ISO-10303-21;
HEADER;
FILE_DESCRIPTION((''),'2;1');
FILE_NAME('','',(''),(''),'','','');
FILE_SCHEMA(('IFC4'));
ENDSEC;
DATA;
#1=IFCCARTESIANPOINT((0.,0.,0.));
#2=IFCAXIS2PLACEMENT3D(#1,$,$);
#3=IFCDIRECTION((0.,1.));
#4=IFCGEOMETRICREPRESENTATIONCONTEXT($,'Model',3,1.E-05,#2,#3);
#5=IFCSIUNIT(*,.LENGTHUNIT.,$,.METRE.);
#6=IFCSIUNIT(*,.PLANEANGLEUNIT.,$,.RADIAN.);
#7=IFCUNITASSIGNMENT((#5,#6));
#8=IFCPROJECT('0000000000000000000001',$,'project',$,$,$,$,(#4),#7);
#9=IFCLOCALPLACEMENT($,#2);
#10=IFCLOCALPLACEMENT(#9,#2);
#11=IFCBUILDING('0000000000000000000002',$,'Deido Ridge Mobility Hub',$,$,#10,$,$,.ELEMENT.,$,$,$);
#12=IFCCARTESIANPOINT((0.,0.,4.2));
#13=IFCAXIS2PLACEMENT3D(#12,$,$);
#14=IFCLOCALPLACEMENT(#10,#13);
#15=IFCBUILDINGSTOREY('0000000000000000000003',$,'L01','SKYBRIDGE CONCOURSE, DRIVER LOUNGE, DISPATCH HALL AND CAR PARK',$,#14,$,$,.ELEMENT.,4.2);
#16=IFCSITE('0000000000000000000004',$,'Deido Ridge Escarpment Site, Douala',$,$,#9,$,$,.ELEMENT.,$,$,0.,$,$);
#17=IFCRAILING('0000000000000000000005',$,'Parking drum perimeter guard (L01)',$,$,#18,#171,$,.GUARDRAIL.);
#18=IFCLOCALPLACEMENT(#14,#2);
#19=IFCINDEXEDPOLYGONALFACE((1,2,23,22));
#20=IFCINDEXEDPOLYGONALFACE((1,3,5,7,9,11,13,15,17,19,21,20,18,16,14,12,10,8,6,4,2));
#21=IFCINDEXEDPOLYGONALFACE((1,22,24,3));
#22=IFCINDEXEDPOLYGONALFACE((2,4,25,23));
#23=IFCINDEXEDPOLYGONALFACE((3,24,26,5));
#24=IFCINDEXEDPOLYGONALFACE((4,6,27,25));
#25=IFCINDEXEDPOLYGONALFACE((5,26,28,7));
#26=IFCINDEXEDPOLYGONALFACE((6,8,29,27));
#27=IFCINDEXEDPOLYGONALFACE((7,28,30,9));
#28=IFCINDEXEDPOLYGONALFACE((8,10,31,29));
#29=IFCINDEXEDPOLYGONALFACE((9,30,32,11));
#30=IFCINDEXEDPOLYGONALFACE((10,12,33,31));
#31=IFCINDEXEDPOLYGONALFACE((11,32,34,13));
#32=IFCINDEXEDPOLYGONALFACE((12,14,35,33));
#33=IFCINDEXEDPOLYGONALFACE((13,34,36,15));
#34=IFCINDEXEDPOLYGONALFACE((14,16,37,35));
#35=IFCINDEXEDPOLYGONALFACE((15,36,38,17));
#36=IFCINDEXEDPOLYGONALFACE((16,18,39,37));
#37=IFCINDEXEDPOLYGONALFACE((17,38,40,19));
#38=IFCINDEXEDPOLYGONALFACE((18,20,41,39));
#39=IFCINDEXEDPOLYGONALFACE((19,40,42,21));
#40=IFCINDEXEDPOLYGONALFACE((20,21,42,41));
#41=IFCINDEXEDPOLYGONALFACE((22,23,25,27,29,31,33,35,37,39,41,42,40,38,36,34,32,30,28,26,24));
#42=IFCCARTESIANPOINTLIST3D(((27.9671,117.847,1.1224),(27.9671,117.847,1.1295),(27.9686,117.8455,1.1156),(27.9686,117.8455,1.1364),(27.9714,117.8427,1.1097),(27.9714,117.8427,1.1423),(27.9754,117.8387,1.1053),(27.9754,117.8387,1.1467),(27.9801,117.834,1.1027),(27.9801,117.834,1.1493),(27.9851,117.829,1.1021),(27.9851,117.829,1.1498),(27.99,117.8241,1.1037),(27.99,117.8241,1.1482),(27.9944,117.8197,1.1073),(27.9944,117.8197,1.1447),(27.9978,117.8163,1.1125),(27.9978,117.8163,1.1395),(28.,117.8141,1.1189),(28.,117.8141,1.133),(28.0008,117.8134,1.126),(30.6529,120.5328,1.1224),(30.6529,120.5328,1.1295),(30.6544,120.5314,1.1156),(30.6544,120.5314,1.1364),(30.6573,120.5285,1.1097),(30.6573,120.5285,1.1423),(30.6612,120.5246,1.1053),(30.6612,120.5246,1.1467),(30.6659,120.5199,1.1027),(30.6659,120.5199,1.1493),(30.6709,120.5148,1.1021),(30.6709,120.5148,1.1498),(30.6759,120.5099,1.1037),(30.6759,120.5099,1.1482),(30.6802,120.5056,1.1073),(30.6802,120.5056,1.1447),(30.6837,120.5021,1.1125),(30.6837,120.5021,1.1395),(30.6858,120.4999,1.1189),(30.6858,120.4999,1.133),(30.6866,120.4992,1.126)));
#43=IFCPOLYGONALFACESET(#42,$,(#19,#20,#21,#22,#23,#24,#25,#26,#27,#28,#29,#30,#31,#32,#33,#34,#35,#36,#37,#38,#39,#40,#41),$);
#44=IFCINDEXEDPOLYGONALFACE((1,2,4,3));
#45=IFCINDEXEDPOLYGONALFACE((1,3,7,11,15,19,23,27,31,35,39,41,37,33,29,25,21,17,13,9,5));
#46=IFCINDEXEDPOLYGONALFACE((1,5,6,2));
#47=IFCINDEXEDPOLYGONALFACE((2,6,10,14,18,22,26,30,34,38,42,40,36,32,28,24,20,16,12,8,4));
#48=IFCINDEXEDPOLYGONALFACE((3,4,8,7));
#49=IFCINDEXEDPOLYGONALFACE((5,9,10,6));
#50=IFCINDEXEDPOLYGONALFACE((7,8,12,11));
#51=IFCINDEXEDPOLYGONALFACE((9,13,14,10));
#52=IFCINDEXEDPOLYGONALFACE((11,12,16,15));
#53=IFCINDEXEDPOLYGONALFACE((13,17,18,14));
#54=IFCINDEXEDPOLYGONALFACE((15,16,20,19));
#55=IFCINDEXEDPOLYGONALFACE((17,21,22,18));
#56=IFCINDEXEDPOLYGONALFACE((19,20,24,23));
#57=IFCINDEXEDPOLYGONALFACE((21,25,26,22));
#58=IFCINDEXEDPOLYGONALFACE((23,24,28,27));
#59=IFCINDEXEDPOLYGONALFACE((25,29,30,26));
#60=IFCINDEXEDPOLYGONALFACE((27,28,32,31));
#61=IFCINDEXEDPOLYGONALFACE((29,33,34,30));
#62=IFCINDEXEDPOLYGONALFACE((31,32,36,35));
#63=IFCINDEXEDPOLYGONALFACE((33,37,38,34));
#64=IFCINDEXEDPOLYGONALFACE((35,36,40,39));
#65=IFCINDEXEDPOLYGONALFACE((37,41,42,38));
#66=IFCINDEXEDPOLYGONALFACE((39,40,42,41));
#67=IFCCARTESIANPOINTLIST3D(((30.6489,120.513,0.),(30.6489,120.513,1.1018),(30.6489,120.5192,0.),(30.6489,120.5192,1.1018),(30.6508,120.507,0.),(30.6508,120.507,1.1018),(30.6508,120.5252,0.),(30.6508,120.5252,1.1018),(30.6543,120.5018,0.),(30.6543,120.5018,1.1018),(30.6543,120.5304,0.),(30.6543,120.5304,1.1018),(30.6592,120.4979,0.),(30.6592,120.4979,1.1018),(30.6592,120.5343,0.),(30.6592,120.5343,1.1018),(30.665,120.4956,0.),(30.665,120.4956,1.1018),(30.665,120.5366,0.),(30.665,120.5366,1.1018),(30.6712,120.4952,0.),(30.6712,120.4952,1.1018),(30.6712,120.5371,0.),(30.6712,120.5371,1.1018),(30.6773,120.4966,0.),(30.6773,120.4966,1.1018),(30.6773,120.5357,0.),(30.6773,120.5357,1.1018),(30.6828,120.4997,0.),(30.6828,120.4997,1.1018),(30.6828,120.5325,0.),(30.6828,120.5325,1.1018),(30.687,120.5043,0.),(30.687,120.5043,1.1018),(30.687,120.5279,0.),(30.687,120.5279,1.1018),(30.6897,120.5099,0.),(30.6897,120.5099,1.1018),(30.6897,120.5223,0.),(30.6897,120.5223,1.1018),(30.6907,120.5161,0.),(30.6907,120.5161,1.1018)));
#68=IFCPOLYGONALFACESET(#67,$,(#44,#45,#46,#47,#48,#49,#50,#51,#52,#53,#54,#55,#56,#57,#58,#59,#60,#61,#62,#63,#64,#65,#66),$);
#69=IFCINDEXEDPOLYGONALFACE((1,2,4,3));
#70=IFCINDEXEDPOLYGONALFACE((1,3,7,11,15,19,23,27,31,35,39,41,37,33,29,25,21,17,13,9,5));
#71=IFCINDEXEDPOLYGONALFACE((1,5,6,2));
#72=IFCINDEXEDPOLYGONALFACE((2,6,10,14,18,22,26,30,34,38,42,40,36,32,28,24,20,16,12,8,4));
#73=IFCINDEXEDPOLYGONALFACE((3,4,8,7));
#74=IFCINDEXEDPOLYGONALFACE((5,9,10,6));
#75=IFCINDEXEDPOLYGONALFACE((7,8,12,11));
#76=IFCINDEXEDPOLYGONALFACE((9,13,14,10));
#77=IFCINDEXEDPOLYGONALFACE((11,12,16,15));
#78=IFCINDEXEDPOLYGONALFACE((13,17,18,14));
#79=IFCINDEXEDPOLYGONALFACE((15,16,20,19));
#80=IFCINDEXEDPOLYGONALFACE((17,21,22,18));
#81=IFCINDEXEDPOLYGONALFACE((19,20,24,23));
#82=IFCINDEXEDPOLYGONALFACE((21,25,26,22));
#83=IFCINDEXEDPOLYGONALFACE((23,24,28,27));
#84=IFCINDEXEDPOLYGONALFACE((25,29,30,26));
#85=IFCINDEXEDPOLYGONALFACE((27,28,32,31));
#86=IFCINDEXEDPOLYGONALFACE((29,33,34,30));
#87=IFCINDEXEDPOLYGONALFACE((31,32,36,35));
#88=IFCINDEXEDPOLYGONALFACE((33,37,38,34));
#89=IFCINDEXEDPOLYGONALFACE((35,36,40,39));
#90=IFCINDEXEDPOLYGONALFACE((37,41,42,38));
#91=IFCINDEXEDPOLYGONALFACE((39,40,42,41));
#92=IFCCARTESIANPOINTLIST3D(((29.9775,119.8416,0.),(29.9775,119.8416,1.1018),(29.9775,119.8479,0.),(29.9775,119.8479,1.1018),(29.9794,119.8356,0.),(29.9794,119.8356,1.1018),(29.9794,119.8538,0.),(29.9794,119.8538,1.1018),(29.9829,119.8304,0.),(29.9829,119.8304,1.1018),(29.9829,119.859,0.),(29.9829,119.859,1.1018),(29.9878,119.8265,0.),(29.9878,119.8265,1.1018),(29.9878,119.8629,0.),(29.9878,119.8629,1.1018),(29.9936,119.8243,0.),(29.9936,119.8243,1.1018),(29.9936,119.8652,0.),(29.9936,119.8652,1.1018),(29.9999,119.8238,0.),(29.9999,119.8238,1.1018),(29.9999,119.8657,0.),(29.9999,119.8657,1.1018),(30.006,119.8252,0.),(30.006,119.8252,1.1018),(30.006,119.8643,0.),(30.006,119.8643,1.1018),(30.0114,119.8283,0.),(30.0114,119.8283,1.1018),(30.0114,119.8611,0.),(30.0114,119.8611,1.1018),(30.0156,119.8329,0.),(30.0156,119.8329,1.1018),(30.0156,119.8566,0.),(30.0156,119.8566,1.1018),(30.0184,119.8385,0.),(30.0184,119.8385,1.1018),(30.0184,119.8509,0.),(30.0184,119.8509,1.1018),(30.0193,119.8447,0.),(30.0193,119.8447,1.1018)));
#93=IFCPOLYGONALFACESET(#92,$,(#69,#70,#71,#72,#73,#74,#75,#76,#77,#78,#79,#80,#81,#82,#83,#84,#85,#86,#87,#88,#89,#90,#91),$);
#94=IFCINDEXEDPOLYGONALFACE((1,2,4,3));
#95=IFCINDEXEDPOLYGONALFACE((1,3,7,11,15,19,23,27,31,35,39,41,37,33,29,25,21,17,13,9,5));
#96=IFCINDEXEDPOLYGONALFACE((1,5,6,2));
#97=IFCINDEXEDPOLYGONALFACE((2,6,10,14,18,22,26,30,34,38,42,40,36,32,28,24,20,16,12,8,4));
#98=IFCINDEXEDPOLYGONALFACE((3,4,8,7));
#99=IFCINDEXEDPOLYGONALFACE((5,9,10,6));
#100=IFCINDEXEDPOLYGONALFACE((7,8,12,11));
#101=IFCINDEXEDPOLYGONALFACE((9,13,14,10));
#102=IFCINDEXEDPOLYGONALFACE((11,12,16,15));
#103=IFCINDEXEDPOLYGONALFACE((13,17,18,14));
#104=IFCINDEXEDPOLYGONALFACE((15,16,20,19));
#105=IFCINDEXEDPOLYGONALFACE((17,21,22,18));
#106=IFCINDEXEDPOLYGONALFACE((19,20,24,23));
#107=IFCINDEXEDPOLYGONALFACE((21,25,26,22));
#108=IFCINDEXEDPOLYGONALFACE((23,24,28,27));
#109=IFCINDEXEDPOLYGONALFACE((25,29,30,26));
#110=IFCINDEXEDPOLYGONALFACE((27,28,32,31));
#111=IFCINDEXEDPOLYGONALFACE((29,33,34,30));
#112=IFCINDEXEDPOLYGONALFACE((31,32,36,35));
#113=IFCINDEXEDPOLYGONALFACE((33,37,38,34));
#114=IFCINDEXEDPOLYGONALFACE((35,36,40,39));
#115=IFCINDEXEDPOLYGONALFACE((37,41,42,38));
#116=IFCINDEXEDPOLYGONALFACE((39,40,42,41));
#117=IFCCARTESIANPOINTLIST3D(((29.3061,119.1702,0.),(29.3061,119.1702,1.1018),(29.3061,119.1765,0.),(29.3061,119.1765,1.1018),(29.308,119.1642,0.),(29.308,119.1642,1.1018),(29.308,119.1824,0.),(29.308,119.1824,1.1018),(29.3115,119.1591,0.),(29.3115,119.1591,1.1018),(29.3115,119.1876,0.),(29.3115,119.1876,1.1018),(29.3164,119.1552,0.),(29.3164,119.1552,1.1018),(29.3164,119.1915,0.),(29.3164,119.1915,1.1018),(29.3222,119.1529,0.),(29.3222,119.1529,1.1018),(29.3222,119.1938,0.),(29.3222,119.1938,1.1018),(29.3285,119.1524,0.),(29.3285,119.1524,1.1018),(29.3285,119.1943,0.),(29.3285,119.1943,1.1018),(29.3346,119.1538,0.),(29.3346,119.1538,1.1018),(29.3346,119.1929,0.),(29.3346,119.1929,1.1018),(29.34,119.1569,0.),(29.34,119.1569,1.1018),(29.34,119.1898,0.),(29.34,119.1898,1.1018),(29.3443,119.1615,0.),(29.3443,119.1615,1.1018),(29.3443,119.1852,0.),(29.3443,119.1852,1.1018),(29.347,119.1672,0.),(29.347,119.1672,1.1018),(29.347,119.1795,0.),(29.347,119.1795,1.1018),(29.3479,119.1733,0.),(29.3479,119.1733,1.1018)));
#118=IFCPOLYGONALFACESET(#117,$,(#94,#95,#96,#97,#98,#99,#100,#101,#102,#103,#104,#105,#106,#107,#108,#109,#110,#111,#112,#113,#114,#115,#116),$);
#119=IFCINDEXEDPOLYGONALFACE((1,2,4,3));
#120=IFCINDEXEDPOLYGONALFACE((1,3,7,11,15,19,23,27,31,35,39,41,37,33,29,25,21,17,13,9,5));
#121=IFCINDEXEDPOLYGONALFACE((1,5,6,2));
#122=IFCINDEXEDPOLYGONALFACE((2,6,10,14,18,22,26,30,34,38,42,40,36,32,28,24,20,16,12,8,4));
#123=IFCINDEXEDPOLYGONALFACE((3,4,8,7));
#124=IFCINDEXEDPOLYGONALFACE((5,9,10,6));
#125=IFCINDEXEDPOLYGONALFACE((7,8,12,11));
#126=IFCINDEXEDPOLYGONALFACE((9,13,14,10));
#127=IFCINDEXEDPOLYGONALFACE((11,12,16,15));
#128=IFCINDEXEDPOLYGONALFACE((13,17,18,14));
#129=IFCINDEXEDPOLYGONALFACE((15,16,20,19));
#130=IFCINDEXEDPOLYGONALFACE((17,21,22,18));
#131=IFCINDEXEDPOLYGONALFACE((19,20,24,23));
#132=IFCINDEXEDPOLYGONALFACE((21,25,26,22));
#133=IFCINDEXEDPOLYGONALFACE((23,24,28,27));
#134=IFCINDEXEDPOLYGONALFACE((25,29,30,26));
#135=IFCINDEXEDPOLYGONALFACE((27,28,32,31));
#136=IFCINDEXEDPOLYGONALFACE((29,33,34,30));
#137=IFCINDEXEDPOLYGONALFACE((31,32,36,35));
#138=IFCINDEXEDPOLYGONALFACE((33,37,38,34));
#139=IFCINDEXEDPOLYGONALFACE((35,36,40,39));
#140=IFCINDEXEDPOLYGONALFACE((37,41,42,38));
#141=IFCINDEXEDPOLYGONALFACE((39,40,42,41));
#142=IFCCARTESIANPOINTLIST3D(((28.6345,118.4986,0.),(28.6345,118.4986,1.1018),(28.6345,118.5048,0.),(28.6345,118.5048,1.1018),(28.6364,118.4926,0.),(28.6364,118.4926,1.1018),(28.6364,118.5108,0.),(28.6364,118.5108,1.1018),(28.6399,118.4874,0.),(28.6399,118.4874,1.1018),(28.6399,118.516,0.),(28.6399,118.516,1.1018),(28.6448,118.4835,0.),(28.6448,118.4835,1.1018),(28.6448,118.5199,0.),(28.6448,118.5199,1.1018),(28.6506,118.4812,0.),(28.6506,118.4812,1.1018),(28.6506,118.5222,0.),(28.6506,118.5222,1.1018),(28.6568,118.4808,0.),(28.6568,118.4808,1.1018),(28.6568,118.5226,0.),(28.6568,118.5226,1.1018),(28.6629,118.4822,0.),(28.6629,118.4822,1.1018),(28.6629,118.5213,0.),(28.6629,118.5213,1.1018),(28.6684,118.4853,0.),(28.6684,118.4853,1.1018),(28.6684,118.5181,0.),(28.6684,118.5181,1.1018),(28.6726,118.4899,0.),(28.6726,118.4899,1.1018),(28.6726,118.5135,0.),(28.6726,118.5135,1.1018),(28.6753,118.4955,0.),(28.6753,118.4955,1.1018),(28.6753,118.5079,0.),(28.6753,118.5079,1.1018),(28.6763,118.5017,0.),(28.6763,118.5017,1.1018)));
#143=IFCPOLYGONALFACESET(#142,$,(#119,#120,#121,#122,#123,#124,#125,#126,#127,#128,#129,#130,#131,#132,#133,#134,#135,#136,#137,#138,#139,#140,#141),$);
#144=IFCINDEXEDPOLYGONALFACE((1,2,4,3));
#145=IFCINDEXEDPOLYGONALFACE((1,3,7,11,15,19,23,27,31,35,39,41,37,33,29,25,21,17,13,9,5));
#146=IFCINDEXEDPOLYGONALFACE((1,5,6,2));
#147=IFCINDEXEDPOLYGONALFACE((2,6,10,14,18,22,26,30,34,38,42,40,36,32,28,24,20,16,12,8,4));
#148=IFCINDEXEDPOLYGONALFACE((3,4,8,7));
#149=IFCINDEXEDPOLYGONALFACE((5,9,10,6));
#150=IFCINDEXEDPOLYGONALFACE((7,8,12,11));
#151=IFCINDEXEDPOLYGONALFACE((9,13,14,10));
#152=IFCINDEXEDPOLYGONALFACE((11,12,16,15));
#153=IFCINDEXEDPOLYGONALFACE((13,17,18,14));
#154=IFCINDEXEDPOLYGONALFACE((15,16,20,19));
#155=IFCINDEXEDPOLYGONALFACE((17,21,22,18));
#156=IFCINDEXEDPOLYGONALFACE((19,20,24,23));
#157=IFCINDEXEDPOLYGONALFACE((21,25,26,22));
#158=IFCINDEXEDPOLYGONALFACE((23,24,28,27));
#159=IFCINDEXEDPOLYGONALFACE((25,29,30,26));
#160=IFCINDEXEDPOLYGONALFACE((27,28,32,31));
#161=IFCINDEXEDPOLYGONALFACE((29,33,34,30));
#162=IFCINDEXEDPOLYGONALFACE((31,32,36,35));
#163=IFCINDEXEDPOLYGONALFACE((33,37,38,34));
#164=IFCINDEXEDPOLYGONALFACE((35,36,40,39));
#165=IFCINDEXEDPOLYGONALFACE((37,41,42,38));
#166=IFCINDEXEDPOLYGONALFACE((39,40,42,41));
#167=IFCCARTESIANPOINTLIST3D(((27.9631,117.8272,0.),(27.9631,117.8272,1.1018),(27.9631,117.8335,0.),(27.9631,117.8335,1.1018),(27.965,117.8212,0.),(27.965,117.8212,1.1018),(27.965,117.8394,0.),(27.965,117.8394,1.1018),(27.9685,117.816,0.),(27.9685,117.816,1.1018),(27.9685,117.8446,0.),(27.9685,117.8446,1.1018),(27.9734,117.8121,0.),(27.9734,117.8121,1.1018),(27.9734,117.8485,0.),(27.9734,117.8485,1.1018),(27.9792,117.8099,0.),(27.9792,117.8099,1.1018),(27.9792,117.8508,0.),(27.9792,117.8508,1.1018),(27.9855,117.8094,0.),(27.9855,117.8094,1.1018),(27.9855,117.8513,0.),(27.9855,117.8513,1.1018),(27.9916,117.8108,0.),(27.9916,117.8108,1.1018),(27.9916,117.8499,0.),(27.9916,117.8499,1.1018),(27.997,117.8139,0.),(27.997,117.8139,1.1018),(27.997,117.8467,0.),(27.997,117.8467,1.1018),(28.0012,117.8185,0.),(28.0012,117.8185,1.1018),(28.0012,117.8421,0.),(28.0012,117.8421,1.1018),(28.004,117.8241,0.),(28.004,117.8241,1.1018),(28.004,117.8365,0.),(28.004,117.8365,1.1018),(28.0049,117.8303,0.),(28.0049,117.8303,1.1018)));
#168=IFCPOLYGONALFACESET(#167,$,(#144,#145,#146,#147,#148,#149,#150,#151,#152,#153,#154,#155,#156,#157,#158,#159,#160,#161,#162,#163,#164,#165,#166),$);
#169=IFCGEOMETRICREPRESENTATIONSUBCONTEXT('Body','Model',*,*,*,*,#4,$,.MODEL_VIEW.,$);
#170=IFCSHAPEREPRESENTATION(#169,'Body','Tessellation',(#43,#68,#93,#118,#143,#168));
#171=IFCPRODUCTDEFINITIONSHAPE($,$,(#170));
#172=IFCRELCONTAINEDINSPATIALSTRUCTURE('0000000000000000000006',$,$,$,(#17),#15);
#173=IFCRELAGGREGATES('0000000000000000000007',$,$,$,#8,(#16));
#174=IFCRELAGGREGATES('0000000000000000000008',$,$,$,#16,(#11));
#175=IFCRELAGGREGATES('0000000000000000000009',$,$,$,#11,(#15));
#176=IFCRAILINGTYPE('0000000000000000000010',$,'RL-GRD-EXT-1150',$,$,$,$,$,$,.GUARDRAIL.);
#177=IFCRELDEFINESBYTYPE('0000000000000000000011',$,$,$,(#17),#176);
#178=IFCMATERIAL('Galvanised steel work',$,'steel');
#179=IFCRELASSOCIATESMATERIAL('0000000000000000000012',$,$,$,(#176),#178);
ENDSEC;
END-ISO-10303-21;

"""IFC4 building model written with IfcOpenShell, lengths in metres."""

from ifc_helpers import new_model, si_unit, direction, frame, origin, origin_2d, place, context, subcontext, project, spatial, circle, extrude, material, type_object, element, save


model = new_model("IFC4")

# Units and contexts
model_context = context("Model", 3, precision=1e-05, world=origin(), true_north=direction((0.0, 1.0)))
body_context = subcontext(model_context, "Body", "Model", "MODEL_VIEW")
ifc_project = project(units=[si_unit("LENGTHUNIT", "METRE"), si_unit("PLANEANGLEUNIT", "RADIAN")], contexts=[model_context])

# Site, building, storey
site_placement = place(None, origin())
site = spatial("IfcSite", under=ifc_project, at=site_placement, Name="Deido Ridge Escarpment Site, Douala", CompositionType="ELEMENT", RefElevation=0.0)
building_placement = place(site_placement, origin())
building = spatial("IfcBuilding", under=site, at=building_placement, Name="Deido Ridge Mobility Hub", CompositionType="ELEMENT")
storey_placement = place(building_placement, frame((0.0, 0.0, 4.2)))
storey = spatial("IfcBuildingStorey", under=building, at=storey_placement, Name="L01", Description="SKYBRIDGE CONCOURSE, DRIVER LOUNGE, DISPATCH HALL AND CAR PARK", CompositionType="ELEMENT", Elevation=4.2)

# Railing
ifc_material_1 = material(Name="Galvanised steel work", Category="steel")
railing_type = type_object("IfcRailingType", Name="RL-GRD-EXT-1150", PredefinedType="GUARDRAIL", material=ifc_material_1)
railing_1_placement = place(storey_placement, frame((30.6697, 120.5161, 0.0)))
element("IfcRailing", 1, at=railing_1_placement, inside=storey, type_object=railing_type, Name="Parking drum perimeter guard (L01)", PredefinedType="GUARDRAIL", context=body_context, shape_type="SweptSolid", body=[
    extrude(circle(Radius=0.0239, at=origin_2d()), frame((0.0, 0.0, 1.126), z_axis=(-0.707107, -0.707107, 0.0), x_axis=(0.707107, -0.707107, 0.0)), (0.0, 0.0, 1.0), 3.7983),
    extrude(circle(Radius=0.021, at=origin_2d()), origin(), (0.0, 0.0, 1.0), 1.1018),
    extrude(circle(Radius=0.021, at=origin_2d()), frame((-0.6714, -0.6714, 0.0)), (0.0, 0.0, 1.0), 1.1018),
    extrude(circle(Radius=0.021, at=origin_2d()), frame((-1.3428, -1.3428, 0.0)), (0.0, 0.0, 1.0), 1.1018),
    extrude(circle(Radius=0.021, at=origin_2d()), frame((-2.0144, -2.0144, 0.0)), (0.0, 0.0, 1.0), 1.1018),
    extrude(circle(Radius=0.021, at=origin_2d()), frame((-2.6858, -2.6858, 0.0)), (0.0, 0.0, 1.0), 1.1018),
])

save(model, "model.ifc")
